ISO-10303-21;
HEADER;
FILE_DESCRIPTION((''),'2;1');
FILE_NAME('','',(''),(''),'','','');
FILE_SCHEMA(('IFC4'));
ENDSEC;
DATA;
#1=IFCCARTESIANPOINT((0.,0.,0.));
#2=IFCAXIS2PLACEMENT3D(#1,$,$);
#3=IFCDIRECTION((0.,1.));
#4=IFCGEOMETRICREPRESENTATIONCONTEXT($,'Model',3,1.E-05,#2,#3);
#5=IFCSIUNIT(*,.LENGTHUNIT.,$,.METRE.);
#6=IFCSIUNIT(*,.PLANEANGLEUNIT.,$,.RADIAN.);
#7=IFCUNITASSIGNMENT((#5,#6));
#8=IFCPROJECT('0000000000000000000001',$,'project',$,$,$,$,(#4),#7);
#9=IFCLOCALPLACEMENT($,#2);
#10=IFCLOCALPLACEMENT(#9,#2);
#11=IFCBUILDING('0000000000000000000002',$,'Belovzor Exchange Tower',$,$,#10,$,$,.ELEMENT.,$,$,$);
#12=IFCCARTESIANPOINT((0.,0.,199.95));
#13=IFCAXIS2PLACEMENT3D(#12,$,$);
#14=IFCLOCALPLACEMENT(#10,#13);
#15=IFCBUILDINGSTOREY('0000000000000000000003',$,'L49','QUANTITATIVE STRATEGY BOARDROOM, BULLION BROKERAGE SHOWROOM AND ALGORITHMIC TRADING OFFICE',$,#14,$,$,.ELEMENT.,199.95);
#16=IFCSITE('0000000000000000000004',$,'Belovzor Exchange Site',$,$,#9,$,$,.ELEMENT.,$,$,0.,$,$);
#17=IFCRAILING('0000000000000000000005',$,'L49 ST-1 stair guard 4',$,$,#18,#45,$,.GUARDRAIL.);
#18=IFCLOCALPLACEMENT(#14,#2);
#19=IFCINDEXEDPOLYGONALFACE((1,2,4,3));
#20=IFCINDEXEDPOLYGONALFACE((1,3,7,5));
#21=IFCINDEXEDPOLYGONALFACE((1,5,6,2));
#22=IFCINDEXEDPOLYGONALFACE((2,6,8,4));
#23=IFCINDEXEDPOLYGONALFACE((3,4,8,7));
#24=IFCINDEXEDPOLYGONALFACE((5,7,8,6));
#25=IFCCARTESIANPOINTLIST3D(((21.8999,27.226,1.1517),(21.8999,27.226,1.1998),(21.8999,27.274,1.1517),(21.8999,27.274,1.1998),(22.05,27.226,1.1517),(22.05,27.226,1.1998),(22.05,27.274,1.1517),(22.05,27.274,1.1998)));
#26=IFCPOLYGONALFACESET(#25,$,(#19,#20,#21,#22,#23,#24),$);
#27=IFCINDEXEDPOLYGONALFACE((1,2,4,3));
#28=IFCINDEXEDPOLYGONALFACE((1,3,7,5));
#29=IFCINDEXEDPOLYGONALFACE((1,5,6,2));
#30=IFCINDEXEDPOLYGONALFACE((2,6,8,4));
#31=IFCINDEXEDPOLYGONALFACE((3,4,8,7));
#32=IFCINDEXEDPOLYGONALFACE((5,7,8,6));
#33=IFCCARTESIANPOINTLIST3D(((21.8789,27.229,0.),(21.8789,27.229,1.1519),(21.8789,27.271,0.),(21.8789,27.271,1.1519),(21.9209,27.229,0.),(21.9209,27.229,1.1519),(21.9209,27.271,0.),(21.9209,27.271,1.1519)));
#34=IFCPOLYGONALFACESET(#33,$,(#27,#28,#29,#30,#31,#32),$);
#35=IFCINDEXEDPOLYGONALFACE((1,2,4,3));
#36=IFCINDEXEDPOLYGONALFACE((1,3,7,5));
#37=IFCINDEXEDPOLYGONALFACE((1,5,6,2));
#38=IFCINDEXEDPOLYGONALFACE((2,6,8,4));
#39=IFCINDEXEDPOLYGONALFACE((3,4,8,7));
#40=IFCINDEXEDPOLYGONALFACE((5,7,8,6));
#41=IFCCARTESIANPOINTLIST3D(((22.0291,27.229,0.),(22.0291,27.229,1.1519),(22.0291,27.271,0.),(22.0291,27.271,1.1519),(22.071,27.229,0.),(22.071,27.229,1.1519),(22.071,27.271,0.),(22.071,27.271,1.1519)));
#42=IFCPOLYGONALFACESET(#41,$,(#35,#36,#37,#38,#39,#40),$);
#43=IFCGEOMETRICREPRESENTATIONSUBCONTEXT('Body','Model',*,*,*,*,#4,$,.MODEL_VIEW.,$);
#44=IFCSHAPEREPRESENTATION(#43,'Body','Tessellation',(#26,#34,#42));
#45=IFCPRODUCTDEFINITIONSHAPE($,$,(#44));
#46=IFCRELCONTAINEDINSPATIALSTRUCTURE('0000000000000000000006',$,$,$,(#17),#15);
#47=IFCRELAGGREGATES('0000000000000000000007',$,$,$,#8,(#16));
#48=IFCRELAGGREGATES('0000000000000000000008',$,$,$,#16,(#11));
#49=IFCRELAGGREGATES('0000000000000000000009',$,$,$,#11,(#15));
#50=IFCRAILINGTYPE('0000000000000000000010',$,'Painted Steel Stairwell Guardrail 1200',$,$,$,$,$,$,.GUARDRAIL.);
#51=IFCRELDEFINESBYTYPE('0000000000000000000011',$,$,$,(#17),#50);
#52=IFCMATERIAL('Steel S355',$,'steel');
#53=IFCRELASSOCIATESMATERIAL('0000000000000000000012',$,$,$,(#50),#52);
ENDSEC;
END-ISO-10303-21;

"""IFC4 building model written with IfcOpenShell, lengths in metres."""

from ifc_helpers import new_model, si_unit, direction, frame, origin, origin_2d, place, context, subcontext, project, spatial, rectangle, extrude, material, type_object, element, save


model = new_model("IFC4")

# Units and contexts
model_context = context("Model", 3, precision=1e-05, world=origin(), true_north=direction((0.0, 1.0)))
body_context = subcontext(model_context, "Body", "Model", "MODEL_VIEW")
ifc_project = project(units=[si_unit("LENGTHUNIT", "METRE"), si_unit("PLANEANGLEUNIT", "RADIAN")], contexts=[model_context])

# Site, building, storey
site_placement = place(None, origin())
site = spatial("IfcSite", under=ifc_project, at=site_placement, Name="Belovzor Exchange Site", CompositionType="ELEMENT", RefElevation=0.0)
building_placement = place(site_placement, origin())
building = spatial("IfcBuilding", under=site, at=building_placement, Name="Belovzor Exchange Tower", CompositionType="ELEMENT")
storey_placement = place(building_placement, frame((0.0, 0.0, 199.95)))
storey = spatial("IfcBuildingStorey", under=building, at=storey_placement, Name="L49", Description="QUANTITATIVE STRATEGY BOARDROOM, BULLION BROKERAGE SHOWROOM AND ALGORITHMIC TRADING OFFICE", CompositionType="ELEMENT", Elevation=199.95)

# Railing
ifc_material_1 = material(Name="Steel S355", Category="steel")
railing_type_1 = type_object("IfcRailingType", Name="Painted Steel Stairwell Guardrail 1200", PredefinedType="GUARDRAIL", material=ifc_material_1)
railing_1_placement = place(storey_placement, frame((21.8999, 27.25, 0.0)))
element("IfcRailing", 1, at=railing_1_placement, inside=storey, type_object=railing_type_1, Name="L49 ST-1 stair guard 4", PredefinedType="GUARDRAIL", context=body_context, shape_type="SweptSolid", body=[
    extrude(rectangle(XDim=0.0481, YDim=0.0481, at=origin_2d()), frame((0.0, 0.0, 1.1758), z_axis=(1.0, 0.0, 0.0), x_axis=(0.0, 1.0, 0.0)), (0.0, 0.0, 1.0), 0.1501),
    extrude(rectangle(XDim=0.042, YDim=0.042, at=origin_2d()), origin(), (0.0, 0.0, 1.0), 1.1519),
    extrude(rectangle(XDim=0.042, YDim=0.042, at=origin_2d()), frame((0.1501, 0.0, 0.0)), (0.0, 0.0, 1.0), 1.1519),
])

save(model, "model.ifc")
